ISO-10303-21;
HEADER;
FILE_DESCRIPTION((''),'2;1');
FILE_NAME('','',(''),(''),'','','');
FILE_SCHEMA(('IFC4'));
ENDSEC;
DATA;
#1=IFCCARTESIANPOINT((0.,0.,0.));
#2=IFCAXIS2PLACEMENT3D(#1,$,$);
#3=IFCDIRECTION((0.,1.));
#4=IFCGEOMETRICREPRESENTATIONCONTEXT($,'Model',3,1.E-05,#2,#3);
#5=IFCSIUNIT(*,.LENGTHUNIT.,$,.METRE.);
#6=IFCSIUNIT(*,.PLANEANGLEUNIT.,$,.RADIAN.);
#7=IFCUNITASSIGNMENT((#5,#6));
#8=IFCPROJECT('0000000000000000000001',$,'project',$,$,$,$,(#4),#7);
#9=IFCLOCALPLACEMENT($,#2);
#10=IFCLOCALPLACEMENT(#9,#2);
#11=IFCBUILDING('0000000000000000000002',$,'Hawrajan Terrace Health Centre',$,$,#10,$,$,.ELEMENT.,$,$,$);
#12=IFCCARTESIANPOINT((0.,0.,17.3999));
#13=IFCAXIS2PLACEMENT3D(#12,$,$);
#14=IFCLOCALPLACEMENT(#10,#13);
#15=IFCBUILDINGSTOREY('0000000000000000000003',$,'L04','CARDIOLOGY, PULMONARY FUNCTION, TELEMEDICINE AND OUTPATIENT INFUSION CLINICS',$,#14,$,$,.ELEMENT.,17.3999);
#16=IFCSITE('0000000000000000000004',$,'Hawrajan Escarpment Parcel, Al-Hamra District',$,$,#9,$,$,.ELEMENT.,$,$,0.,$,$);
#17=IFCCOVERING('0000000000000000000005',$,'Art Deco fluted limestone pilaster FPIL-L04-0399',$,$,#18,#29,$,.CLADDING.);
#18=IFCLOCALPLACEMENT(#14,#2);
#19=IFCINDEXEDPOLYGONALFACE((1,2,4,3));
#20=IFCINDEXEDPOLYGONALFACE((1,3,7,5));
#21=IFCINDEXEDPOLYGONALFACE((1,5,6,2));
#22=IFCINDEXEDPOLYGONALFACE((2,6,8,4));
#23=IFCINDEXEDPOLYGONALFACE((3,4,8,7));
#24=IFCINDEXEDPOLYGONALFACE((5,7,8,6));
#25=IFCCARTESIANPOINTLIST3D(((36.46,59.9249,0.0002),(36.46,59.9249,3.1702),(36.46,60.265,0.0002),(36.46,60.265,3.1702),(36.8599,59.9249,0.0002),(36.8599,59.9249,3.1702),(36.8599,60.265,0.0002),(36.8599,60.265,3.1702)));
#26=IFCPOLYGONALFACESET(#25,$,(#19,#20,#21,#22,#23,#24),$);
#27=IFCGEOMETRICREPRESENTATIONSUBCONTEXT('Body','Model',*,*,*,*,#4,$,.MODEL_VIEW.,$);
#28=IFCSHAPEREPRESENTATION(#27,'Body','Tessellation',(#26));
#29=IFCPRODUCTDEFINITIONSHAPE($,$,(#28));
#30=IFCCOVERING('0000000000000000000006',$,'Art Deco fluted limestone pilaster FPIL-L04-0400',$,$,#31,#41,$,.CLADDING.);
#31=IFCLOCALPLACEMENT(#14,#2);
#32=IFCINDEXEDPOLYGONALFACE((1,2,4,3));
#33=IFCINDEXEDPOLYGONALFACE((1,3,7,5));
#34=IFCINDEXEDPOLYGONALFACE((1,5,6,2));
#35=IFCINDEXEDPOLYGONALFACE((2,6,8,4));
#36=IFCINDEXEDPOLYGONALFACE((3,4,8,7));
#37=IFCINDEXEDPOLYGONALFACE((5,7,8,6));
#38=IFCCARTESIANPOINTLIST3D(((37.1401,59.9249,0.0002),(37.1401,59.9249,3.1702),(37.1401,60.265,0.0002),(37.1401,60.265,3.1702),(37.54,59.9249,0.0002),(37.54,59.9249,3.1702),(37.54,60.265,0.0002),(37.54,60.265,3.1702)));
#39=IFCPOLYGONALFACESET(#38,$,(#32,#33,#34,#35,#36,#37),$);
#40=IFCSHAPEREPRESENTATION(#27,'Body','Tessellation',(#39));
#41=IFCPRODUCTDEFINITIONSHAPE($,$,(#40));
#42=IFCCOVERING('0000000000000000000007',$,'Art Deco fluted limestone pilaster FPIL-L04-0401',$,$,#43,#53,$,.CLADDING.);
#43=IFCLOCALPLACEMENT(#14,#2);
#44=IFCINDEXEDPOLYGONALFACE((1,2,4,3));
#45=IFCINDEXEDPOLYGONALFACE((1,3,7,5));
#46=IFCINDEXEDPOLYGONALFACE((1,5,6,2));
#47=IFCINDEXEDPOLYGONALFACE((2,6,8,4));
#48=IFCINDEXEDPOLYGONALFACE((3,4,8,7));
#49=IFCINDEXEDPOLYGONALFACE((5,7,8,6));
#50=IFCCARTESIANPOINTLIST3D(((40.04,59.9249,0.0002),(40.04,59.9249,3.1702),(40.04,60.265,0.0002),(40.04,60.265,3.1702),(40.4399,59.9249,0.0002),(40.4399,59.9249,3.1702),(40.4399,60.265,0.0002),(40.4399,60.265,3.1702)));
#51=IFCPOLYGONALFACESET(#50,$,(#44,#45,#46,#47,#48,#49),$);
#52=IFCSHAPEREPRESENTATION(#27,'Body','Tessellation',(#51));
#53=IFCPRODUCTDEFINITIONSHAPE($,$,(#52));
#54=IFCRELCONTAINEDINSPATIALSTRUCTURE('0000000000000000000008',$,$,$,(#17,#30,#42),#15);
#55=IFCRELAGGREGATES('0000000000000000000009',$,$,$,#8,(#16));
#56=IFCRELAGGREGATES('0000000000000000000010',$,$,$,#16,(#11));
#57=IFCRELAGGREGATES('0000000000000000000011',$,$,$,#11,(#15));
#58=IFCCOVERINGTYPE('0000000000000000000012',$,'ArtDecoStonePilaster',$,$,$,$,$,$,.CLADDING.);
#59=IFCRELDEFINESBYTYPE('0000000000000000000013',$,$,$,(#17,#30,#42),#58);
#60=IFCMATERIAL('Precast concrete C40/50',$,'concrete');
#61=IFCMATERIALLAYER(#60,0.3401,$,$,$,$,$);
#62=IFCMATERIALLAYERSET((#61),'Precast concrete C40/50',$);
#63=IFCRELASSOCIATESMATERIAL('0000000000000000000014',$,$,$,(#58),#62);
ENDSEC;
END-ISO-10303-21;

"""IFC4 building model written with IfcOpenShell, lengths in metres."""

from ifc_helpers import new_model, si_unit, direction, frame, origin, origin_2d, place, context, subcontext, project, spatial, rectangle, extrude, material, layer, layer_set, type_object, element, save


model = new_model("IFC4")

# Units and contexts
model_context = context("Model", 3, precision=1e-05, world=origin(), true_north=direction((0.0, 1.0)))
body_context = subcontext(model_context, "Body", "Model", "MODEL_VIEW")
ifc_project = project(units=[si_unit("LENGTHUNIT", "METRE"), si_unit("PLANEANGLEUNIT", "RADIAN")], contexts=[model_context])

# Site, building, storey
site_placement = place(None, origin())
site = spatial("IfcSite", under=ifc_project, at=site_placement, Name="Hawrajan Escarpment Parcel, Al-Hamra District", CompositionType="ELEMENT", RefElevation=0.0)
building_placement = place(site_placement, origin())
building = spatial("IfcBuilding", under=site, at=building_placement, Name="Hawrajan Terrace Health Centre", CompositionType="ELEMENT")
storey_placement = place(building_placement, frame((0.0, 0.0, 17.3999)))
storey = spatial("IfcBuildingStorey", under=building, at=storey_placement, Name="L04", Description="CARDIOLOGY, PULMONARY FUNCTION, TELEMEDICINE AND OUTPATIENT INFUSION CLINICS", CompositionType="ELEMENT", Elevation=17.3999)

# Coverings
ifc_material_1 = material(Name="Precast concrete C40/50", Category="concrete")
ifc_layer_1 = layer(ifc_material_1, 0.3401)
ifc_layer_set_1 = layer_set([ifc_layer_1], Name="Precast concrete C40/50")
covering_type_1 = type_object("IfcCoveringType", Name="ArtDecoStonePilaster", PredefinedType="CLADDING", material=ifc_layer_set_1)
for number, where, z_axis, x_axis, name in (
    (1, (36.6599, 60.095, 0.0002), (0.0, 0.0, 1.0), (1.0, 0.0, 0.0), "Art Deco fluted limestone pilaster FPIL-L04-0399"),
    (2, (37.3401, 60.095, 0.0002), (0.0, 0.0, 1.0), (1.0, 0.0, 0.0), "Art Deco fluted limestone pilaster FPIL-L04-0400"),
    (3, (40.24, 60.095, 0.0002), (0.0, 0.0, 1.0), (1.0, 0.0, 0.0), "Art Deco fluted limestone pilaster FPIL-L04-0401"),
):
    element("IfcCovering", number, at=place(storey_placement, frame(where, z_axis=z_axis, x_axis=x_axis)), inside=storey, type_object=covering_type_1, Name=name, PredefinedType="CLADDING", context=body_context, shape_type="SweptSolid", body=[
        extrude(rectangle(XDim=0.3999, YDim=0.3401, at=origin_2d()), origin(), (0.0, 0.0, 1.0), 3.1699),
    ])

save(model, "model.ifc")
